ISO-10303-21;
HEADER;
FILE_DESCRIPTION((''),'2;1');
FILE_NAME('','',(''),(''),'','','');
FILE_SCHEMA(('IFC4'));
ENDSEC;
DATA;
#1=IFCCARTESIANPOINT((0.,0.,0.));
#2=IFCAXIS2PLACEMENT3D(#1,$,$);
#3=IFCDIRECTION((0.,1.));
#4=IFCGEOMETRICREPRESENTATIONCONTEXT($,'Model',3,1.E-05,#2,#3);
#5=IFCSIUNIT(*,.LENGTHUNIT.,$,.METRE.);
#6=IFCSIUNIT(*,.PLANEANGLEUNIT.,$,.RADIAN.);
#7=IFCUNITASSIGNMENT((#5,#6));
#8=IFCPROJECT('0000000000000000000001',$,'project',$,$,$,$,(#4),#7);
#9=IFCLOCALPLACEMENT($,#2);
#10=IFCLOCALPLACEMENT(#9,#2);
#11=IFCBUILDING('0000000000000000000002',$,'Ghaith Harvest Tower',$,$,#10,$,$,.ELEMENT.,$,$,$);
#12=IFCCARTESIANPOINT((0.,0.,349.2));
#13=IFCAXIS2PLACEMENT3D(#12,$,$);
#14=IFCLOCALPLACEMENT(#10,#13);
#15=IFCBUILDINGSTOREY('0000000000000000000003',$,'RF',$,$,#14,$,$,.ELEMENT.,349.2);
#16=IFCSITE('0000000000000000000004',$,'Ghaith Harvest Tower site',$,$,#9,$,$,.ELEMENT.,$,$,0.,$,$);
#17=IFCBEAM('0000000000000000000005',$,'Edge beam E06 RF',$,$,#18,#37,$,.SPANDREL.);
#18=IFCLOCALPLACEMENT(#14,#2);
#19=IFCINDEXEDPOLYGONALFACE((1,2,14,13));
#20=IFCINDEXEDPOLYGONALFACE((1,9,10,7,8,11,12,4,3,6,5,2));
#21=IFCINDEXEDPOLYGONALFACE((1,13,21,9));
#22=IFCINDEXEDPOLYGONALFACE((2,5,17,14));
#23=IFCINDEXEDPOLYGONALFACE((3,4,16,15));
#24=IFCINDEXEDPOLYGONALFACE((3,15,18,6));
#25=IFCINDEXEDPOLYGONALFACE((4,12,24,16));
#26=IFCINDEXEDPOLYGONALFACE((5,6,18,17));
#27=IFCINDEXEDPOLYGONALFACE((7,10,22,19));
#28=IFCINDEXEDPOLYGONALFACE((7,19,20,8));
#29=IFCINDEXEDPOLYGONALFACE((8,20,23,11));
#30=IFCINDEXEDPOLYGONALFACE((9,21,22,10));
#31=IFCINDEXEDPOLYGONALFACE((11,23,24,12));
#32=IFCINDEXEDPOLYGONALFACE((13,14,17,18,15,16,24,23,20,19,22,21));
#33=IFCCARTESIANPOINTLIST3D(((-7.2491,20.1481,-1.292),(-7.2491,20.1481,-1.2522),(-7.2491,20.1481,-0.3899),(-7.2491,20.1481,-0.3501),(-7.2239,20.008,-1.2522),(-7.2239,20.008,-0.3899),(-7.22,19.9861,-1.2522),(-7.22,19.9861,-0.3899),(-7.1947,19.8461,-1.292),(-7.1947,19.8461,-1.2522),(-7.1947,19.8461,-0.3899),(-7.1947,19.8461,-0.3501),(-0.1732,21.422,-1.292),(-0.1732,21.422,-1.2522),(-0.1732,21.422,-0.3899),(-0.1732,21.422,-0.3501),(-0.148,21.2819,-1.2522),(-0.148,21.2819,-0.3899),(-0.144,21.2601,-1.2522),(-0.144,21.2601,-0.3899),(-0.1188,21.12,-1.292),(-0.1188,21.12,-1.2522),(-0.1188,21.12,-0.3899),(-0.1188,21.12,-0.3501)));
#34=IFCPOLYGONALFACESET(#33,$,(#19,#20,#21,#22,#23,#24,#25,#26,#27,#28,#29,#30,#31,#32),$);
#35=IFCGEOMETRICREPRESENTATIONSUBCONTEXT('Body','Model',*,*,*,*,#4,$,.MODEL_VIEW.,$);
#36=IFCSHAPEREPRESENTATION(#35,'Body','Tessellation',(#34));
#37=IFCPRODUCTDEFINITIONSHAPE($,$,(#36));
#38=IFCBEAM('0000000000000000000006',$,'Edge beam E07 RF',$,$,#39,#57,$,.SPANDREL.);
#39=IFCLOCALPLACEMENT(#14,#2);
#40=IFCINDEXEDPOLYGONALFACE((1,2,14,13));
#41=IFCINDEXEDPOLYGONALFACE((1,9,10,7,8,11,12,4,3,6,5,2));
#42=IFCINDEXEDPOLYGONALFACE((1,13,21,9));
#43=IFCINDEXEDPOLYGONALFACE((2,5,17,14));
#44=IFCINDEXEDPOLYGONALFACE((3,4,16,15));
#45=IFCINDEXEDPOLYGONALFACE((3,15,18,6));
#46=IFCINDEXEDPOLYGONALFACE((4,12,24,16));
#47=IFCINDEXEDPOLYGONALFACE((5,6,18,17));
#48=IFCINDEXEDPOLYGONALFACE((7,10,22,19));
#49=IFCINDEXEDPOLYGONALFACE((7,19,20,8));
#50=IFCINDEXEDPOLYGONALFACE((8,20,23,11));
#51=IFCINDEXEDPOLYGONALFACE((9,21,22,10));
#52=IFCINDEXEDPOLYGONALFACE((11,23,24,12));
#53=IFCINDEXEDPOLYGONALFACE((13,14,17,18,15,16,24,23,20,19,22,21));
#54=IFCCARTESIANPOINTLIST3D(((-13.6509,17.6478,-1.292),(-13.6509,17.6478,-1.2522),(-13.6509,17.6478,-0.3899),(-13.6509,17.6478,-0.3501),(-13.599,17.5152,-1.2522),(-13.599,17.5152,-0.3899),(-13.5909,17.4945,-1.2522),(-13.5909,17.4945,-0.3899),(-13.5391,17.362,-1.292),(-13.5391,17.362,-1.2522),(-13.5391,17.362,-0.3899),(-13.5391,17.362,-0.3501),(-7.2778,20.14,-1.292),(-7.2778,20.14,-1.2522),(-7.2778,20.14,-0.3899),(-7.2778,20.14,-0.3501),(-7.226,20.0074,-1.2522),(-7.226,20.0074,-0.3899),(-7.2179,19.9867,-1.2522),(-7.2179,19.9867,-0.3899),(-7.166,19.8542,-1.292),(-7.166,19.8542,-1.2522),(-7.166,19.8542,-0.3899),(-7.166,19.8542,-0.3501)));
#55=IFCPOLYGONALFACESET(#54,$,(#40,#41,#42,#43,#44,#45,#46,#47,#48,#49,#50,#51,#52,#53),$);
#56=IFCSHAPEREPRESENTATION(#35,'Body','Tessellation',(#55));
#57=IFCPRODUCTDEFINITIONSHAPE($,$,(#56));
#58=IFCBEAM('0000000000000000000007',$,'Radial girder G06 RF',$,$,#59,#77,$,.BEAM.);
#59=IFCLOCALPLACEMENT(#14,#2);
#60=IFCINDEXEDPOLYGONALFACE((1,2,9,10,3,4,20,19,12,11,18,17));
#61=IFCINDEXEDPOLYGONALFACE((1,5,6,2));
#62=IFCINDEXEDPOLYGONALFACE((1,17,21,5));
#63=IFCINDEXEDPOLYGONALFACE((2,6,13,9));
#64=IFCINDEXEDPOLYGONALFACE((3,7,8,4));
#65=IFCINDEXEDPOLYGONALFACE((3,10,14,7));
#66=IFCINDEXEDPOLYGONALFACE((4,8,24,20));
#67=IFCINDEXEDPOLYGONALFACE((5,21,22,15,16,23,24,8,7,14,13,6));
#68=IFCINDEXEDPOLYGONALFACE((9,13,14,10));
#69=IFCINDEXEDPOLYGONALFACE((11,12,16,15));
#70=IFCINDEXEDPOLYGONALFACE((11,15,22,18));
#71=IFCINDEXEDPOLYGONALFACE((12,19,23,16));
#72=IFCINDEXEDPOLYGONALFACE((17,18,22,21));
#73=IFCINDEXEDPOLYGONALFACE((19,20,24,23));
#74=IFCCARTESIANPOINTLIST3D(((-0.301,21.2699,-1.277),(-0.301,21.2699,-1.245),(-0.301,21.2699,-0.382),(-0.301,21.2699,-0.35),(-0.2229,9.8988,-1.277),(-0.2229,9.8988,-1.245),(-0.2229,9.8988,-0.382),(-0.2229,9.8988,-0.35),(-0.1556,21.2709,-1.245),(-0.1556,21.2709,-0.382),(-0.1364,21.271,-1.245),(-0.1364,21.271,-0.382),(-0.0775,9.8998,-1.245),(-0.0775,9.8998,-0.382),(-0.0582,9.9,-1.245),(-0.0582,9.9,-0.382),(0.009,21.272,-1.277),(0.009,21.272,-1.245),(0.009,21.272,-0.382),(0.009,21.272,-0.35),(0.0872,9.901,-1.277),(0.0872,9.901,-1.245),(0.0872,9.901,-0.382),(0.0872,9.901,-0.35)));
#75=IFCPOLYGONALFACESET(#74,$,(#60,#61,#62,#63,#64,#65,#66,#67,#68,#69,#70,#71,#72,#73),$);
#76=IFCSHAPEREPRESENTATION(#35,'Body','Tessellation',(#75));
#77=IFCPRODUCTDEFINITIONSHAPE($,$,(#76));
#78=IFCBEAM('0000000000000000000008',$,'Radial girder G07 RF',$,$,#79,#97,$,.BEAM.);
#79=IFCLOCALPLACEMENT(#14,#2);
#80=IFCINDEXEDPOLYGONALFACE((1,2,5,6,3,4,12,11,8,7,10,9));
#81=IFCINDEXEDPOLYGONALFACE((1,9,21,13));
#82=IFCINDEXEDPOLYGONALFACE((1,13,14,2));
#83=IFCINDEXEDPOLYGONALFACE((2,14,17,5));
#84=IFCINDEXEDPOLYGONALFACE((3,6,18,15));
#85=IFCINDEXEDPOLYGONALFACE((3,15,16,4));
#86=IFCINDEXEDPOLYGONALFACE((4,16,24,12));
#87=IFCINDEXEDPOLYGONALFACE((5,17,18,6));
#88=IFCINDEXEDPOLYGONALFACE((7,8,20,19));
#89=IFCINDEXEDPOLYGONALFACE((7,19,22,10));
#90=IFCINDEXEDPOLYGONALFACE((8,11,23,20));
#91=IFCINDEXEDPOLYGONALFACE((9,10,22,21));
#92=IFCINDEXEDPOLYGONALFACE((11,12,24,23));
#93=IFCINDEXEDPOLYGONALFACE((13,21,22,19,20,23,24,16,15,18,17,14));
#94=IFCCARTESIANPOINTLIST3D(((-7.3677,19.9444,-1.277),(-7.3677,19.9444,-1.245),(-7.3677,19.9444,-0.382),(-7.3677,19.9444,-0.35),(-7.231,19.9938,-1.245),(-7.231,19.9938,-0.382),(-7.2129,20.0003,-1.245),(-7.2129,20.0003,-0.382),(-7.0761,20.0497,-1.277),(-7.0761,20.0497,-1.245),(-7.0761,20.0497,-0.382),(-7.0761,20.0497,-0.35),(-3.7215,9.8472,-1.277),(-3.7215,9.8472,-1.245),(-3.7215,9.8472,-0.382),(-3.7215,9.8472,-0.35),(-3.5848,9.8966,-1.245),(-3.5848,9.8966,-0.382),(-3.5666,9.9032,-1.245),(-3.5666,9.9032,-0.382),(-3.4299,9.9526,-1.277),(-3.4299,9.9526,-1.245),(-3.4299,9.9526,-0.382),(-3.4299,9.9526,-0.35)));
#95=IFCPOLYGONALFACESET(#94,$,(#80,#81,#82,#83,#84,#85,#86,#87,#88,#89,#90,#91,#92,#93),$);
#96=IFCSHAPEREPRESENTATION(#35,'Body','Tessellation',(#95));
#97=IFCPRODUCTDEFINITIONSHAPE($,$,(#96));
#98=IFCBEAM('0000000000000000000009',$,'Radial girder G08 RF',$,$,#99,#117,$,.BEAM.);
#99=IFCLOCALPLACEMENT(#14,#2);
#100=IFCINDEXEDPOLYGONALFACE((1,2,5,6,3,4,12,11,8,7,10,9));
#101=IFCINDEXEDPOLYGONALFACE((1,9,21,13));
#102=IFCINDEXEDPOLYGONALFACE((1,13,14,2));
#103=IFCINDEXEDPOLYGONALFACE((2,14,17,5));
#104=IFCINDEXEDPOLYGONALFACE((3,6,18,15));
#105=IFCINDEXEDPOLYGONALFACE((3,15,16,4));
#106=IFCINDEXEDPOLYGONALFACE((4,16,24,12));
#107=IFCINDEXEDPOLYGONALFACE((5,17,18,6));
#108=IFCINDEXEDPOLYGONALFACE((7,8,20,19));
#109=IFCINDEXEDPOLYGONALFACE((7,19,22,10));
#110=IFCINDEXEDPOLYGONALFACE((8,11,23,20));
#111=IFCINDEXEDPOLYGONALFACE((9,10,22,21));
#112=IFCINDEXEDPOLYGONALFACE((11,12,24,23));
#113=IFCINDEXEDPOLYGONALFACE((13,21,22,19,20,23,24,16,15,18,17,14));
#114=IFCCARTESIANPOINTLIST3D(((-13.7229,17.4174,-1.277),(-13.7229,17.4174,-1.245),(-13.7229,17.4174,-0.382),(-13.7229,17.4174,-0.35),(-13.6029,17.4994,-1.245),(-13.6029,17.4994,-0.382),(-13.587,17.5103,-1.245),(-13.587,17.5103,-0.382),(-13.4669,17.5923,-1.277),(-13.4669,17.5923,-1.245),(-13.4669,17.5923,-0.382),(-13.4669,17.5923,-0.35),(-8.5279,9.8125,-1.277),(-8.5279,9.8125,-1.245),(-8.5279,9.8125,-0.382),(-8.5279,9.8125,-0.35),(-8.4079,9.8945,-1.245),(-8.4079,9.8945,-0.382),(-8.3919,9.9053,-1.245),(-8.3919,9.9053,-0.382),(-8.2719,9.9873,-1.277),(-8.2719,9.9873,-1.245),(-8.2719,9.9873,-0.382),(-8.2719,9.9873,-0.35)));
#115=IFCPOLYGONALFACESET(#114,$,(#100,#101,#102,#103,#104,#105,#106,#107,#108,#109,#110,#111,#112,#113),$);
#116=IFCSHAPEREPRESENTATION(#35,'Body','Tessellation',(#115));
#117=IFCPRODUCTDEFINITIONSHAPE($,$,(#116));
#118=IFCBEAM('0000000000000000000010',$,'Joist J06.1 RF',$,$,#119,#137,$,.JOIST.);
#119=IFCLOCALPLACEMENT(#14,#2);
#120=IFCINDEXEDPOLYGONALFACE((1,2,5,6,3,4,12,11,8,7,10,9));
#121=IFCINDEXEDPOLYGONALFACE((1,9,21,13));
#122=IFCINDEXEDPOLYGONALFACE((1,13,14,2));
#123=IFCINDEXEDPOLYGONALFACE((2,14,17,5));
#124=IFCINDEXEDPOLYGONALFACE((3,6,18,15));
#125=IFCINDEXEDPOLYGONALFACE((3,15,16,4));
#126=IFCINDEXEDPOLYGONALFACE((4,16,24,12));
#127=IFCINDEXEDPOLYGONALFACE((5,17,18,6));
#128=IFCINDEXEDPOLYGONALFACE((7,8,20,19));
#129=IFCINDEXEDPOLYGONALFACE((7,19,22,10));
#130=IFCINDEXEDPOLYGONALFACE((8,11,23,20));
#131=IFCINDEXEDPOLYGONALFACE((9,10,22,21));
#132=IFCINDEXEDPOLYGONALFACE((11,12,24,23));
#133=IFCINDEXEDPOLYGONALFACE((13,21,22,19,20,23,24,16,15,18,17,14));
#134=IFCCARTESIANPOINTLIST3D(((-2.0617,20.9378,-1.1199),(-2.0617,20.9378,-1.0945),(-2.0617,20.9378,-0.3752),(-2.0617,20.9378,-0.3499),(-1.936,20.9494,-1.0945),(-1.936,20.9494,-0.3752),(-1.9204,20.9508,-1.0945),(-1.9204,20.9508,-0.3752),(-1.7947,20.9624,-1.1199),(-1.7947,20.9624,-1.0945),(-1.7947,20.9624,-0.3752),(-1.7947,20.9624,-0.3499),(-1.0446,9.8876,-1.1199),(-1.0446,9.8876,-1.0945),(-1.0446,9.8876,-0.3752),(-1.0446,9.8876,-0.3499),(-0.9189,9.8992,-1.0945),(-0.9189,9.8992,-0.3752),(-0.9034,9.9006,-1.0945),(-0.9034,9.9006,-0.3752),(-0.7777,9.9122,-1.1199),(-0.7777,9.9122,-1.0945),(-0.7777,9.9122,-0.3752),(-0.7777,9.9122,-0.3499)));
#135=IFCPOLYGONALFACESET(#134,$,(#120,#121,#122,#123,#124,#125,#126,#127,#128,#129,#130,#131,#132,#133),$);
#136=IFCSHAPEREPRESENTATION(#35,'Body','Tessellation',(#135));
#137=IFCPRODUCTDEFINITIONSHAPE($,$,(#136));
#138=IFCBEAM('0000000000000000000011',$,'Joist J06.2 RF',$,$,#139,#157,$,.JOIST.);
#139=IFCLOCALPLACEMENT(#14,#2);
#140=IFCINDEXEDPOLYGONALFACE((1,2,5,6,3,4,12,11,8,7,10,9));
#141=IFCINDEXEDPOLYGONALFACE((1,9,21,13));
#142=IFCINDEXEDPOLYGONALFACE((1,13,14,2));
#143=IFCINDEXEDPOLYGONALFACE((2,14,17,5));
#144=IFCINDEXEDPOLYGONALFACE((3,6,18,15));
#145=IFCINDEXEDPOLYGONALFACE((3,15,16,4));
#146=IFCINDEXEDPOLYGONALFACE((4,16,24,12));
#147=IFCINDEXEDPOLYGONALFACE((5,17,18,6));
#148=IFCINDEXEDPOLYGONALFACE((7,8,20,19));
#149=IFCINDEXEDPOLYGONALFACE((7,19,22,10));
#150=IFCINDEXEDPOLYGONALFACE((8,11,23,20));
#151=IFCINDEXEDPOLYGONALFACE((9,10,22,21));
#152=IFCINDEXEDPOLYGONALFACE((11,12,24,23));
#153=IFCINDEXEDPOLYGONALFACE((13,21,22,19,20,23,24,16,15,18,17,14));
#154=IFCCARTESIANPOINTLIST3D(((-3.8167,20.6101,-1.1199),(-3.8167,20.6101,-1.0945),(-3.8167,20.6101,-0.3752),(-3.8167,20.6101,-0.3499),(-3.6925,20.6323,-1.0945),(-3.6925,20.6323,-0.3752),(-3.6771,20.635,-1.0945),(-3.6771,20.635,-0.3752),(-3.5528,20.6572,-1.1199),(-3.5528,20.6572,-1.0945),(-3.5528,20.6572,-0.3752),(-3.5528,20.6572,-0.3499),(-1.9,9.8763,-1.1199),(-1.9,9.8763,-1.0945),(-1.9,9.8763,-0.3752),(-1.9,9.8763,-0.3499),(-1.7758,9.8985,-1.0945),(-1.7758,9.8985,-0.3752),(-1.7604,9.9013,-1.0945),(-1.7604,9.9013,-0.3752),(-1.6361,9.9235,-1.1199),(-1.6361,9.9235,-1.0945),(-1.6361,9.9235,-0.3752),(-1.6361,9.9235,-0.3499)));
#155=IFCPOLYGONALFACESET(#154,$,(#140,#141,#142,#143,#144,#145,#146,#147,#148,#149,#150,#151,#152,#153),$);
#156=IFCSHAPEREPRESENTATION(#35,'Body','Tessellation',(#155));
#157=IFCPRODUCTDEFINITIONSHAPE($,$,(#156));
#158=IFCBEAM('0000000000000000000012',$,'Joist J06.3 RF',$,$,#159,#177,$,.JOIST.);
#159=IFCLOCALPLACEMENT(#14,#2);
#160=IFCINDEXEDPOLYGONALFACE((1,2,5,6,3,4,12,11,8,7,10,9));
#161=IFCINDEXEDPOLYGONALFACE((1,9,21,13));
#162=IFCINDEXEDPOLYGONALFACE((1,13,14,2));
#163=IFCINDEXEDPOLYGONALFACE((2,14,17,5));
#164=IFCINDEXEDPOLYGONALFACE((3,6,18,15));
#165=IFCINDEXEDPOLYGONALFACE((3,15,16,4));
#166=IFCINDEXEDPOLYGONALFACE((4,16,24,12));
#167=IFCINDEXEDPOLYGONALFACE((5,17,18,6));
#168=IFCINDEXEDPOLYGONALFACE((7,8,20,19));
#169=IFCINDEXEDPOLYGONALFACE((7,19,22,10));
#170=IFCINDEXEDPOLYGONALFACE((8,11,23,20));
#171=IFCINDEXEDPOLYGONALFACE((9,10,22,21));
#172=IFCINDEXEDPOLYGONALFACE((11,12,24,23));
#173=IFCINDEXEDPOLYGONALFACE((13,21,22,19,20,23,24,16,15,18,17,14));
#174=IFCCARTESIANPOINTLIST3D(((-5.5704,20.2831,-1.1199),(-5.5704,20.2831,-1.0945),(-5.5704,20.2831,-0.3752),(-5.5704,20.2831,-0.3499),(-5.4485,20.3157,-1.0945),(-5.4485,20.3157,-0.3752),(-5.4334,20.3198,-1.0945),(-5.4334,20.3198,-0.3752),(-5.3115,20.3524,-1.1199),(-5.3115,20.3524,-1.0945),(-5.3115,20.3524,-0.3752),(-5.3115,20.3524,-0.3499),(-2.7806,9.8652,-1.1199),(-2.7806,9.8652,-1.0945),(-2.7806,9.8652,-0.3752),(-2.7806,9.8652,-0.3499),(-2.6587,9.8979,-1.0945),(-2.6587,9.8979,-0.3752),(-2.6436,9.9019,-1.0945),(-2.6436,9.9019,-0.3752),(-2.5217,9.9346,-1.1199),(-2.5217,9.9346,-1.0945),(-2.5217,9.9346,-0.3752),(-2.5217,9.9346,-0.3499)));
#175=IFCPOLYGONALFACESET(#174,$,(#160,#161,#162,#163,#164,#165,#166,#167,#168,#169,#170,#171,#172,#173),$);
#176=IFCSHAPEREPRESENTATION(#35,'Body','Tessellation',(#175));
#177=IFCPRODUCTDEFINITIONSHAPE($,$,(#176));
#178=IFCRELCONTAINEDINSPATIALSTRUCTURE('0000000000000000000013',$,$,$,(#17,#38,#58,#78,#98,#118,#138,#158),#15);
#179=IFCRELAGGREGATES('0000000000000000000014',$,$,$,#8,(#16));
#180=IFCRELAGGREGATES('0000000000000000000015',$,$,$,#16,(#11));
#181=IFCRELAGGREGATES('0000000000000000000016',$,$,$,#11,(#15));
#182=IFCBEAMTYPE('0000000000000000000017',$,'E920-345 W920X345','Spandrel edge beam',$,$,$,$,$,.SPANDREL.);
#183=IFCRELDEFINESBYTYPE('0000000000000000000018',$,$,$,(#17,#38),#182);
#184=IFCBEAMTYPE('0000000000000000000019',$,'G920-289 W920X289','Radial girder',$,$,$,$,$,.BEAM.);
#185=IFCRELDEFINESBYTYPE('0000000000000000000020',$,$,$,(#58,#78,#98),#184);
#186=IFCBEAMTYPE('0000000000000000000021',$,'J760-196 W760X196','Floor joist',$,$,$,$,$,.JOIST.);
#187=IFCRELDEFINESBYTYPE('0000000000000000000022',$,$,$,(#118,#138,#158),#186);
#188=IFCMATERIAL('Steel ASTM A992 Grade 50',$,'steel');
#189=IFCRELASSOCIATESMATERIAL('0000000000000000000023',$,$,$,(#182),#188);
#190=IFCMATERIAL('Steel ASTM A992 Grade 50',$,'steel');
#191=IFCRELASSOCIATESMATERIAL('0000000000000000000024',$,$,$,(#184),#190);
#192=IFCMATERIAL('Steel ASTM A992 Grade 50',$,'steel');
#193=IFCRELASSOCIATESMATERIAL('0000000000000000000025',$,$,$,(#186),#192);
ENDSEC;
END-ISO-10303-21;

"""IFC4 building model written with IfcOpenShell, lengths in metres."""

from ifc_helpers import new_model, si_unit, direction, frame, origin, origin_2d, place, context, subcontext, project, spatial, i_section, extrude, material, material_profile, profile_set, type_object, element, save


model = new_model("IFC4")

# Units and contexts
model_context = context("Model", 3, precision=1e-05, world=origin(), true_north=direction((0.0, 1.0)))
body_context = subcontext(model_context, "Body", "Model", "MODEL_VIEW")
ifc_project = project(units=[si_unit("LENGTHUNIT", "METRE"), si_unit("PLANEANGLEUNIT", "RADIAN")], contexts=[model_context])

# Site, building, storey
site_placement = place(None, origin())
site = spatial("IfcSite", under=ifc_project, at=site_placement, Name="Ghaith Harvest Tower site", CompositionType="ELEMENT", RefElevation=0.0)
building_placement = place(site_placement, origin())
building = spatial("IfcBuilding", under=site, at=building_placement, Name="Ghaith Harvest Tower", CompositionType="ELEMENT")
storey_placement = place(building_placement, frame((0.0, 0.0, 349.2)))
storey = spatial("IfcBuildingStorey", under=building, at=storey_placement, Name="RF", CompositionType="ELEMENT", Elevation=349.2)

# Beams
ifc_material_1 = material(Name="Steel ASTM A992 Grade 50", Category="steel")
ifc_material_profile_1 = material_profile(ifc_material_1, i_section(OverallWidth=0.3069, OverallDepth=0.9419, WebThickness=0.0222, FlangeThickness=0.0398, at=origin_2d()), Name="W920X345")
ifc_profile_set_1 = profile_set([ifc_material_profile_1], Name="Steel ASTM A992 Grade 50")
beam_type_1 = type_object("IfcBeamType", Name="E920-345 W920X345", Description="Spandrel edge beam", PredefinedType="SPANDREL", material=ifc_profile_set_1)
beam_1_placement = place(storey_placement, frame((-0.146, 21.271, -0.821), z_axis=(-0.984177, -0.177188, 0.0), x_axis=(0.177188, -0.984177, 0.0)))
element("IfcBeam", 1, at=beam_1_placement, inside=storey, type_object=beam_type_1, Name="Edge beam E06 RF", PredefinedType="SPANDREL", context=body_context, shape_type="SweptSolid", body=[
    extrude(i_section(OverallWidth=0.3069, OverallDepth=0.9419, WebThickness=0.0222, FlangeThickness=0.0398, at=origin_2d()), origin(), (0.0, 0.0, 1.0), 7.1897),
])
beam_2_placement = place(storey_placement, frame((-7.2219, 19.9971, -0.821), z_axis=(-0.931323, -0.364195, 0.0), x_axis=(0.364195, -0.931323, 0.0)))
element("IfcBeam", 2, at=beam_2_placement, inside=storey, type_object=beam_type_1, Name="Edge beam E07 RF", PredefinedType="SPANDREL", context=body_context, shape_type="SweptSolid", body=[
    extrude(i_section(OverallWidth=0.3069, OverallDepth=0.9419, WebThickness=0.0222, FlangeThickness=0.0398, at=origin_2d()), origin(), (0.0, 0.0, 1.0), 6.843),
])
ifc_material_2 = material(Name="Steel ASTM A992 Grade 50", Category="steel")
ifc_material_profile_2 = material_profile(ifc_material_2, i_section(OverallWidth=0.3101, OverallDepth=0.927, WebThickness=0.0193, FlangeThickness=0.032, at=origin_2d()), Name="W920X289")
ifc_profile_set_2 = profile_set([ifc_material_profile_2], Name="Steel ASTM A992 Grade 50")
beam_type_2 = type_object("IfcBeamType", Name="G920-289 W920X289", Description="Radial girder", PredefinedType="BEAM", material=ifc_profile_set_2)
beam_3_placement = place(storey_placement, frame((-0.0679, 9.8999, -0.8135), z_axis=(-0.00687, 0.999976, 0.0), x_axis=(-0.999976, -0.00687, 0.0)))
element("IfcBeam", 3, at=beam_3_placement, inside=storey, type_object=beam_type_2, Name="Radial girder G06 RF", PredefinedType="BEAM", context=body_context, shape_type="SweptSolid", body=[
    extrude(i_section(OverallWidth=0.3101, OverallDepth=0.927, WebThickness=0.0193, FlangeThickness=0.032, at=origin_2d()), origin(), (0.0, 0.0, 1.0), 11.3713),
])
beam_4_placement = place(storey_placement, frame((-3.5757, 9.8999, -0.8135), z_axis=(-0.339648, 0.940553, 0.0), x_axis=(-0.940553, -0.339648, 0.0)))
element("IfcBeam", 4, at=beam_4_placement, inside=storey, type_object=beam_type_2, Name="Radial girder G07 RF", PredefinedType="BEAM", context=body_context, shape_type="SweptSolid", body=[
    extrude(i_section(OverallWidth=0.3101, OverallDepth=0.927, WebThickness=0.0193, FlangeThickness=0.032, at=origin_2d()), origin(), (0.0, 0.0, 1.0), 10.7354),
])
beam_5_placement = place(storey_placement, frame((-8.3999, 9.8999, -0.8135), z_axis=(-0.564067, 0.825729, 0.0), x_axis=(-0.825729, -0.564067, 0.0)))
element("IfcBeam", 5, at=beam_5_placement, inside=storey, type_object=beam_type_2, Name="Radial girder G08 RF", PredefinedType="BEAM", context=body_context, shape_type="SweptSolid", body=[
    extrude(i_section(OverallWidth=0.3101, OverallDepth=0.927, WebThickness=0.0193, FlangeThickness=0.032, at=origin_2d()), origin(), (0.0, 0.0, 1.0), 9.21),
])
ifc_material_3 = material(Name="Steel ASTM A992 Grade 50", Category="steel")
ifc_material_profile_3 = material_profile(ifc_material_3, i_section(OverallWidth=0.2681, OverallDepth=0.77, WebThickness=0.0156, FlangeThickness=0.0254, at=origin_2d()), Name="W760X196")
ifc_profile_set_3 = profile_set([ifc_material_profile_3], Name="Steel ASTM A992 Grade 50")
beam_type_3 = type_object("IfcBeamType", Name="J760-196 W760X196", Description="Floor joist", PredefinedType="JOIST", material=ifc_profile_set_3)
beam_6_placement = place(storey_placement, frame((-0.9111, 9.8999, -0.7349), z_axis=(-0.091654, 0.995791, 0.0), x_axis=(-0.995791, -0.091654, 0.0)))
element("IfcBeam", 6, at=beam_6_placement, inside=storey, type_object=beam_type_3, Name="Joist J06.1 RF", PredefinedType="JOIST", context=body_context, shape_type="SweptSolid", body=[
    extrude(i_section(OverallWidth=0.2681, OverallDepth=0.77, WebThickness=0.0156, FlangeThickness=0.0254, at=origin_2d()), origin(), (0.0, 0.0, 1.0), 11.0969),
])
beam_7_placement = place(storey_placement, frame((-1.7681, 9.8999, -0.7349), z_axis=(-0.175789, 0.984428, 0.0), x_axis=(-0.984428, -0.175789, 0.0)))
element("IfcBeam", 7, at=beam_7_placement, inside=storey, type_object=beam_type_3, Name="Joist J06.2 RF", PredefinedType="JOIST", context=body_context, shape_type="SweptSolid", body=[
    extrude(i_section(OverallWidth=0.2681, OverallDepth=0.77, WebThickness=0.0156, FlangeThickness=0.0254, at=origin_2d()), origin(), (0.0, 0.0, 1.0), 10.9036),
])
beam_8_placement = place(storey_placement, frame((-2.6511, 9.8999, -0.7349), z_axis=(-0.258678, 0.965964, 0.0), x_axis=(-0.965964, -0.258678, 0.0)))
element("IfcBeam", 8, at=beam_8_placement, inside=storey, type_object=beam_type_3, Name="Joist J06.3 RF", PredefinedType="JOIST", context=body_context, shape_type="SweptSolid", body=[
    extrude(i_section(OverallWidth=0.2681, OverallDepth=0.77, WebThickness=0.0156, FlangeThickness=0.0254, at=origin_2d()), origin(), (0.0, 0.0, 1.0), 10.7849),
])

save(model, "model.ifc")
